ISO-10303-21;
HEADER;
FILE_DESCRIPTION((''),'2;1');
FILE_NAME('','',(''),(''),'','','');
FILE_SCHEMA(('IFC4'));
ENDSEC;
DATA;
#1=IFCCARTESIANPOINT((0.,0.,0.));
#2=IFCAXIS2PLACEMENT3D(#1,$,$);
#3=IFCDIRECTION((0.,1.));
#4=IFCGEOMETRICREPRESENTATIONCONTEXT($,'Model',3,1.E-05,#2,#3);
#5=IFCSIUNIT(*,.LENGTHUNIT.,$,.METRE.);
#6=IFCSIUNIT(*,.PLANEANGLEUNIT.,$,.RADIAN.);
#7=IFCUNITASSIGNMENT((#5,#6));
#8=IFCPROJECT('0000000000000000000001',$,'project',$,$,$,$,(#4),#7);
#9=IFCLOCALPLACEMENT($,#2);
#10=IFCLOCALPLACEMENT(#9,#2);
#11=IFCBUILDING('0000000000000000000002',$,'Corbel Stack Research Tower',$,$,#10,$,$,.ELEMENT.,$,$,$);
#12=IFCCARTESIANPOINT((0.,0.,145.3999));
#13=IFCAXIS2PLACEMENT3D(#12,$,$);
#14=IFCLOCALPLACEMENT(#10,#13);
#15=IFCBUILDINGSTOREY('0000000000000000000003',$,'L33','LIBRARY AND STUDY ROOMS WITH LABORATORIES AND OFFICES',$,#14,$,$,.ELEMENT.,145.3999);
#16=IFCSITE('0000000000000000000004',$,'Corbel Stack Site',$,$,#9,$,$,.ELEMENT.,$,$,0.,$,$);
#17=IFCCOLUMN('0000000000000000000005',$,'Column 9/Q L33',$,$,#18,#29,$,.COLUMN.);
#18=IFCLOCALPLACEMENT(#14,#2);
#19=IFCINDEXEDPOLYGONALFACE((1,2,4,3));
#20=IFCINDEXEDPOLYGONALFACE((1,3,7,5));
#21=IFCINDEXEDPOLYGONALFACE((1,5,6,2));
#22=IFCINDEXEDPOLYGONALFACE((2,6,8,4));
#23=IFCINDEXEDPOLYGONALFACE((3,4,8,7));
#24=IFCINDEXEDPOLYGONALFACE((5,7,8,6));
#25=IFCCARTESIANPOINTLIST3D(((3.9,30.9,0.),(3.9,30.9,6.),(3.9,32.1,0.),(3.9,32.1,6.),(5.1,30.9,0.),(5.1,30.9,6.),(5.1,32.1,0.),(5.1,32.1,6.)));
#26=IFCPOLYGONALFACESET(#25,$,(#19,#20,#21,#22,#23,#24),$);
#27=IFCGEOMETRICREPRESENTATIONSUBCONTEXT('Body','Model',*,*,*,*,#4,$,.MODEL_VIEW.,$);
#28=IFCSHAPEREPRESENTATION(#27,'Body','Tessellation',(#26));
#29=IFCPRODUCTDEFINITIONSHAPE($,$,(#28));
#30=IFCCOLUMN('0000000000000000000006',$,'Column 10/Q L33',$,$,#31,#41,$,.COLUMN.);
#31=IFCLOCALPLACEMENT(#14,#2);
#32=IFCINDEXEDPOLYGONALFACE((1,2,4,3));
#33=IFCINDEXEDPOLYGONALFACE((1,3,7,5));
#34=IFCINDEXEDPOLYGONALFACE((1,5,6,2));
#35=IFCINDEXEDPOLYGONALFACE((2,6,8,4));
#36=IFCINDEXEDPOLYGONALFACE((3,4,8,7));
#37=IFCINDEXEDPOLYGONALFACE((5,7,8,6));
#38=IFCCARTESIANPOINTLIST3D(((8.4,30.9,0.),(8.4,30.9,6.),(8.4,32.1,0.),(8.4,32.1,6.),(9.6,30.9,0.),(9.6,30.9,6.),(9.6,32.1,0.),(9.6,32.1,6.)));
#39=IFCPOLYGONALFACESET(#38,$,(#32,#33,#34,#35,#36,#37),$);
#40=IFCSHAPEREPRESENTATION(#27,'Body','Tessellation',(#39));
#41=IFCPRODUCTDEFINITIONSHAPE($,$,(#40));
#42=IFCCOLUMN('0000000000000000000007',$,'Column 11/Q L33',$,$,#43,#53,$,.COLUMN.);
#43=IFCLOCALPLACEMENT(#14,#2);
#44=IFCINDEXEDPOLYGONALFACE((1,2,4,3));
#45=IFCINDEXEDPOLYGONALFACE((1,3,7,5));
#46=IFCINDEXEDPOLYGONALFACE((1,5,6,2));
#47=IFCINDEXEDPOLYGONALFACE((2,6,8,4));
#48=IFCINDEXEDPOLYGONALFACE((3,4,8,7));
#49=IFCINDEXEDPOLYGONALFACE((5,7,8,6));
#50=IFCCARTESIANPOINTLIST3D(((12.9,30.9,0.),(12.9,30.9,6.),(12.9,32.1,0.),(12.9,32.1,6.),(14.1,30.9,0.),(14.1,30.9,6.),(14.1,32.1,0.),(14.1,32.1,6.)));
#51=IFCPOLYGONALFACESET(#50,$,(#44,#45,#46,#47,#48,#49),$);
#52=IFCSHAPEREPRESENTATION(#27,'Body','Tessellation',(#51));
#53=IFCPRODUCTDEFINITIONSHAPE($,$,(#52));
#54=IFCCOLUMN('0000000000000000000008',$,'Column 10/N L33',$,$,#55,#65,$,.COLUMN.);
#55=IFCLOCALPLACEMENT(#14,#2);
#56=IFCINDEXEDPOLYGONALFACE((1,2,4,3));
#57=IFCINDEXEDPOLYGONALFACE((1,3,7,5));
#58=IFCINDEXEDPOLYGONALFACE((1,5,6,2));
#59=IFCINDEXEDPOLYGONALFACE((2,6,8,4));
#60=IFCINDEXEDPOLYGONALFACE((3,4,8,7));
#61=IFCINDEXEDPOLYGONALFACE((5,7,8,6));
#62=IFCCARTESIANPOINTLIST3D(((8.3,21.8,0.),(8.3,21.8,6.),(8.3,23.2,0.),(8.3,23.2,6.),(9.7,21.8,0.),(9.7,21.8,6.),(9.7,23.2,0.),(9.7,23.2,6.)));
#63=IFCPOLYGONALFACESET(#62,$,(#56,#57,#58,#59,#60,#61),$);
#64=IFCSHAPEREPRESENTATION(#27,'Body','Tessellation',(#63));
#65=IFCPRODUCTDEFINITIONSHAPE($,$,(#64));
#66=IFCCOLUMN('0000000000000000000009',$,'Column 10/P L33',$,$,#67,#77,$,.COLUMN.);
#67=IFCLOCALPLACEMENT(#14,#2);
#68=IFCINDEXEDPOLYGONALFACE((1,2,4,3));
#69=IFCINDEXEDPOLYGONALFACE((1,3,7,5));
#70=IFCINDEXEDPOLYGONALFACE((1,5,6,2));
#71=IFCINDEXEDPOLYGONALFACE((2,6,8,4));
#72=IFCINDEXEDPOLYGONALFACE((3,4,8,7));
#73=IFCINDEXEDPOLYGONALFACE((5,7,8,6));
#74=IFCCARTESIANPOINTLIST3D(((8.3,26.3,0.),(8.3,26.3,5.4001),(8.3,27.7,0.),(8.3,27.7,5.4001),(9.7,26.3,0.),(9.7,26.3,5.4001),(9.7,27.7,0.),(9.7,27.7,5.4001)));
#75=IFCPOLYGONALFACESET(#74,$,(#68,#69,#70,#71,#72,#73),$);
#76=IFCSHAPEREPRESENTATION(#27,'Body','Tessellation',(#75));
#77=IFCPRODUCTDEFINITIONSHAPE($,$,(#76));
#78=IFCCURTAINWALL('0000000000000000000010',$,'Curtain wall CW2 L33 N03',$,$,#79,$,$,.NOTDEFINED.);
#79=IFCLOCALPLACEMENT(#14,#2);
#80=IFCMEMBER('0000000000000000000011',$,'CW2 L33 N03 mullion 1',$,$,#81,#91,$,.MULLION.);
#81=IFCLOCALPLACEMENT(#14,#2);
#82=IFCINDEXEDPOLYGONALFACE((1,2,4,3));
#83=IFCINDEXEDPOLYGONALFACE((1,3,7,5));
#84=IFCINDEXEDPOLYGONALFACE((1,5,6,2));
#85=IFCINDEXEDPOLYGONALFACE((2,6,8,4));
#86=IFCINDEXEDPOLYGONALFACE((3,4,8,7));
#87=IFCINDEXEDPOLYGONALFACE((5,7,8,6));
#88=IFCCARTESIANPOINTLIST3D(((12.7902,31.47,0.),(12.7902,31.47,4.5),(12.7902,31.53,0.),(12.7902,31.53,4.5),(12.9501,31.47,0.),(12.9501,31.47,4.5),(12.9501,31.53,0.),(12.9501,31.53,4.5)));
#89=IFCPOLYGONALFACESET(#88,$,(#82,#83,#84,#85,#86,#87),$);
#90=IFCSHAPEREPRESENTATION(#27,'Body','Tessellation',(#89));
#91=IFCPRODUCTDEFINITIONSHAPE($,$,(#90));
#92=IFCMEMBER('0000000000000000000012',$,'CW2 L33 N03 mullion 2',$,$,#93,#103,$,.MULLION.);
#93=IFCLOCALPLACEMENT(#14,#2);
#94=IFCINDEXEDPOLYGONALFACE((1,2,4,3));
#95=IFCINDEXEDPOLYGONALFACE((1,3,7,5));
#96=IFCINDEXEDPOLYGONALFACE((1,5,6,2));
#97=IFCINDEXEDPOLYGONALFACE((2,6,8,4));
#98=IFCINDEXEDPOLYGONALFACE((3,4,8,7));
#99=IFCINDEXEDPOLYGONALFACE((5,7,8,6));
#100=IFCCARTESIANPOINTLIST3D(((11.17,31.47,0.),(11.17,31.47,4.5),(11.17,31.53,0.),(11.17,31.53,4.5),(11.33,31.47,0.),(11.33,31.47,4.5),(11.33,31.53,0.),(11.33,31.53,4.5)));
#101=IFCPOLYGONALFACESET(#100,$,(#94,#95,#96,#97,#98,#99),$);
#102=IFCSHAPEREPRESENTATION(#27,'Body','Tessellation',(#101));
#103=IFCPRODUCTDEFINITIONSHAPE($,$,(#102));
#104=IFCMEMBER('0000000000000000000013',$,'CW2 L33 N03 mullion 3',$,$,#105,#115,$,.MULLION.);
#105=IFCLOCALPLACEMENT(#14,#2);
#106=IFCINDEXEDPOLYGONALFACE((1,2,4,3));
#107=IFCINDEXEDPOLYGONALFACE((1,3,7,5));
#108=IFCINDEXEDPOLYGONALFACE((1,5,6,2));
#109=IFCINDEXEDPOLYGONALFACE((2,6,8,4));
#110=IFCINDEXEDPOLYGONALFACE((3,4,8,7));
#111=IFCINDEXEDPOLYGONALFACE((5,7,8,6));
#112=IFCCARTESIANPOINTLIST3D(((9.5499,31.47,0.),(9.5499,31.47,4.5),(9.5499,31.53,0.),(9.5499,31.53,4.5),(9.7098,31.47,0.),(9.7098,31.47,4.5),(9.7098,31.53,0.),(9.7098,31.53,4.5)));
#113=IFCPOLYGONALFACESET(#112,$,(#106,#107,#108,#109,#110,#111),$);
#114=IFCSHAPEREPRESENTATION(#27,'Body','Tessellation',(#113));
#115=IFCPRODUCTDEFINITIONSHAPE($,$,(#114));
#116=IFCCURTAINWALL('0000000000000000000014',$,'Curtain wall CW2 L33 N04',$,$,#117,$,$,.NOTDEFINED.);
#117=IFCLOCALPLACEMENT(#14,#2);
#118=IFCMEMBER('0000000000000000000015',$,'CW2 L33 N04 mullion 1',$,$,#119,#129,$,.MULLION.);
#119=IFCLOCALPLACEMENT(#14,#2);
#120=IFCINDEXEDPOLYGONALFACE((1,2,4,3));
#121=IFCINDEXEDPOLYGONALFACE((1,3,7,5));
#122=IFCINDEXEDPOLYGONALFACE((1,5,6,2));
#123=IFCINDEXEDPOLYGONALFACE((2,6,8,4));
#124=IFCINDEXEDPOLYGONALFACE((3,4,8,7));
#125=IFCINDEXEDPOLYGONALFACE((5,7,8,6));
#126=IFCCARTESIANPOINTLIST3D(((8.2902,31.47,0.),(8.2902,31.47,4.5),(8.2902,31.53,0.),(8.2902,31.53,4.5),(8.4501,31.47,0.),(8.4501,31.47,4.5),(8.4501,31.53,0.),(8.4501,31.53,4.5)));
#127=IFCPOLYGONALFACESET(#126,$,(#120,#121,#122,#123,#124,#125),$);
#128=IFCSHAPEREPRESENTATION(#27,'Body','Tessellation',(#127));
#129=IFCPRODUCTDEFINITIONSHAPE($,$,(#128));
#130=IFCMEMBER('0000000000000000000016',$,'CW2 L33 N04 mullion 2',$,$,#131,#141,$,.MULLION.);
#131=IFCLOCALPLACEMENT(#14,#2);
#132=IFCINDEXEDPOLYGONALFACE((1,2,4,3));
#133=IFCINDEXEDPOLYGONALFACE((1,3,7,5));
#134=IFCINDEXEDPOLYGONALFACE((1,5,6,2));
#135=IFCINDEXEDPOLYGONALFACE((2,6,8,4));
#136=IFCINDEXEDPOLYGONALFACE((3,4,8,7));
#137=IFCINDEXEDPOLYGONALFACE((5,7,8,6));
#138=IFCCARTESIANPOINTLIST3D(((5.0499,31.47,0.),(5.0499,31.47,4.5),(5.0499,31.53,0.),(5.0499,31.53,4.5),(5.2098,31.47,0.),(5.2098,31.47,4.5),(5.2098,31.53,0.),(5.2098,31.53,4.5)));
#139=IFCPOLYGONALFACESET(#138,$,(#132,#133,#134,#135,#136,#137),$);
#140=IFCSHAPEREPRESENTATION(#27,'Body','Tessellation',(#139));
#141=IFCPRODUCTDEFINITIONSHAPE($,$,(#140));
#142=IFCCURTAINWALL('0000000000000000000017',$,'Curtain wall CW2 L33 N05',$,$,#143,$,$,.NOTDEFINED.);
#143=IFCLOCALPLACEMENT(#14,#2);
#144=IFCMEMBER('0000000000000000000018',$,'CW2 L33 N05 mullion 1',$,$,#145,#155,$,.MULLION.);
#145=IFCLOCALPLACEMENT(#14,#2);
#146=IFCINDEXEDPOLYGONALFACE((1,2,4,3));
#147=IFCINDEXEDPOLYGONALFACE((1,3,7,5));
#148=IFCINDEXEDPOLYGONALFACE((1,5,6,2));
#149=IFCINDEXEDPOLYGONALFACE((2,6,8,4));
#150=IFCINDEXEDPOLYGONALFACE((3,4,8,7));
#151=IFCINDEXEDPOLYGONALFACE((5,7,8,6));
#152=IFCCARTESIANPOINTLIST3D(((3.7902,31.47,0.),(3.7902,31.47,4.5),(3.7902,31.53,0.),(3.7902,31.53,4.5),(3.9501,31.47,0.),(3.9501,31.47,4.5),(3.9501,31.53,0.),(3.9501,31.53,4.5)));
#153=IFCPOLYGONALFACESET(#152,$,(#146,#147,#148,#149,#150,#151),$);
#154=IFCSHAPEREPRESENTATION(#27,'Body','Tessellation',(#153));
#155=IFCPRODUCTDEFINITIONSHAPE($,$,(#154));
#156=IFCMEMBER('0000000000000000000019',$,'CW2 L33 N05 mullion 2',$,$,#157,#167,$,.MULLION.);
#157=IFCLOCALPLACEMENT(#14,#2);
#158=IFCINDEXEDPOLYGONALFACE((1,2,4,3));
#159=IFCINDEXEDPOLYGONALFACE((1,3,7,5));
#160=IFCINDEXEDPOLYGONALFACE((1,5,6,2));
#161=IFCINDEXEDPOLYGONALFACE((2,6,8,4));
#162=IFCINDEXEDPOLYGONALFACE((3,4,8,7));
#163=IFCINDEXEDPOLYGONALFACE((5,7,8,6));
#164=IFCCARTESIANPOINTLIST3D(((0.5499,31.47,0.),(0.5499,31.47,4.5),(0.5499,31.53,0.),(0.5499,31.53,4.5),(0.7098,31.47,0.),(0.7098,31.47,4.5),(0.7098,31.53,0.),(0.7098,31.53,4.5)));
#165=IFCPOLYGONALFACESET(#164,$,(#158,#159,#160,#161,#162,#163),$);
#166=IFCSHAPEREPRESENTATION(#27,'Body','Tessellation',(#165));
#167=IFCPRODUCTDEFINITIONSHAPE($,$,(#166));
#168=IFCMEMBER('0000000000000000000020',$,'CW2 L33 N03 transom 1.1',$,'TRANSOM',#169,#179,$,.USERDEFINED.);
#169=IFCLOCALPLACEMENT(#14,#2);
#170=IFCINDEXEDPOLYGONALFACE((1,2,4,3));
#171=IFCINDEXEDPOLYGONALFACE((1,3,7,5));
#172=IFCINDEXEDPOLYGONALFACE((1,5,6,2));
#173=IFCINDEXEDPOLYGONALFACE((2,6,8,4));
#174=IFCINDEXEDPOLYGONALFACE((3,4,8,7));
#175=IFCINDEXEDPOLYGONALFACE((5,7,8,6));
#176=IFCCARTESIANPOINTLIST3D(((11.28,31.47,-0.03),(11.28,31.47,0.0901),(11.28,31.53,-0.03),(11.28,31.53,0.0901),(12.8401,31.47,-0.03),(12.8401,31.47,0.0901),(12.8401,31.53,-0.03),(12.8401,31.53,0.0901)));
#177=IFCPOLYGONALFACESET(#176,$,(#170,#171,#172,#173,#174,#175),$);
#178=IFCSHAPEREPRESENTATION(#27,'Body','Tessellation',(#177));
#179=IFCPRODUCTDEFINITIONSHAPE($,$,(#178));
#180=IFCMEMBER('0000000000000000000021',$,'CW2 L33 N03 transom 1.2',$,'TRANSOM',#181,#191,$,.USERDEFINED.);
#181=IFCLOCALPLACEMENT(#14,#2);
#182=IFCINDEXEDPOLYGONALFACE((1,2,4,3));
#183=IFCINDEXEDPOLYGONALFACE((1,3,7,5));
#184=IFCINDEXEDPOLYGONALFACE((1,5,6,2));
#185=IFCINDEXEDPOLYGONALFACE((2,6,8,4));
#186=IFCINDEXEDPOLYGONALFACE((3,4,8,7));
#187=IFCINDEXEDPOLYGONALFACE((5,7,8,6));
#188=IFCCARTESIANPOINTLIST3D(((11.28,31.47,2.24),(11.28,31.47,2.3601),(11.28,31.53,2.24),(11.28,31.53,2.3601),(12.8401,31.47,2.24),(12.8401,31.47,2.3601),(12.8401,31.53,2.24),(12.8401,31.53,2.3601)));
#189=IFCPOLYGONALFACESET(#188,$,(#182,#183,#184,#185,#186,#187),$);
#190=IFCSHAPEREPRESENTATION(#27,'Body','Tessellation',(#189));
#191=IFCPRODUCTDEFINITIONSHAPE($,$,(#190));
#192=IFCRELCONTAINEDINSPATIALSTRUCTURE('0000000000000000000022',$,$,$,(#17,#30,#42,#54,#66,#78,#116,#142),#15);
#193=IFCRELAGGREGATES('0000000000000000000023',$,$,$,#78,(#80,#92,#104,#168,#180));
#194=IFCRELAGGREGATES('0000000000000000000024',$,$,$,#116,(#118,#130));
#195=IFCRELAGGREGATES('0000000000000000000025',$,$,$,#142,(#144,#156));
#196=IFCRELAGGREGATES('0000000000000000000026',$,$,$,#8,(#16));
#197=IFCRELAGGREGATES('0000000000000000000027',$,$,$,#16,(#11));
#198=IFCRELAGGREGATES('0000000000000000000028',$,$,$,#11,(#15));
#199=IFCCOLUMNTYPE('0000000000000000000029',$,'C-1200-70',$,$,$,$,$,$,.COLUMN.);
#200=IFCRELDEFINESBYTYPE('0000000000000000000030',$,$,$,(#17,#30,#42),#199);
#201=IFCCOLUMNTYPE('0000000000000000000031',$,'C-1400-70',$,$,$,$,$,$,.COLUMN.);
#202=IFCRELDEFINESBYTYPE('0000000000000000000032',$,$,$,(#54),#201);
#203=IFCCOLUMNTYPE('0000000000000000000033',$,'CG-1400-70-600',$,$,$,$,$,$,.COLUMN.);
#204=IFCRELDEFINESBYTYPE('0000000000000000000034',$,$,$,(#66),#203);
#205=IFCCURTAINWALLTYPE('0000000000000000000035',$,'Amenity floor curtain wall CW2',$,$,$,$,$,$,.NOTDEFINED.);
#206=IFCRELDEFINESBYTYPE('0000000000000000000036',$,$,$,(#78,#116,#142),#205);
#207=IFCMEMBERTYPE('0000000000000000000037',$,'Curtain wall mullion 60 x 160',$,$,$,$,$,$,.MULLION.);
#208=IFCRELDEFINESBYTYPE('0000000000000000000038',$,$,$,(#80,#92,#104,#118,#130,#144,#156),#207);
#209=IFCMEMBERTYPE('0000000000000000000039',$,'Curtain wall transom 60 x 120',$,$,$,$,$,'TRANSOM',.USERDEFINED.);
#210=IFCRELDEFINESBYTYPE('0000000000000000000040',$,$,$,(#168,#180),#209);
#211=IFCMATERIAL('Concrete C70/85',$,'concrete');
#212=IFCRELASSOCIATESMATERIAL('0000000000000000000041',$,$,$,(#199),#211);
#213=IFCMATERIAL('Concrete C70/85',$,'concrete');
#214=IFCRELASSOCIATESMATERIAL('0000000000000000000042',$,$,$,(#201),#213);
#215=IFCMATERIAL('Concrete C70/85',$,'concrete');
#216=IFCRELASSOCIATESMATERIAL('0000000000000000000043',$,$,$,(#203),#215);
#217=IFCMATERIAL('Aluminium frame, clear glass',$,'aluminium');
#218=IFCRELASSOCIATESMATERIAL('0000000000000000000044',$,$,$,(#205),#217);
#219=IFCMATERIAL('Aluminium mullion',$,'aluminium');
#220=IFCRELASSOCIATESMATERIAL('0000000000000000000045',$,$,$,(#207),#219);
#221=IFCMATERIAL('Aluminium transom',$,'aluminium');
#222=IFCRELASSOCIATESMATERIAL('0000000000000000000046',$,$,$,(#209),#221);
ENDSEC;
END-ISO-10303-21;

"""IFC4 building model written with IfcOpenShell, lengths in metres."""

from ifc_helpers import new_model, si_unit, direction, frame, origin, origin_2d, place, context, subcontext, project, spatial, rectangle, extrude, material, material_profile, profile_set, type_object, element, aggregate, save


model = new_model("IFC4")

# Units and contexts
model_context = context("Model", 3, precision=1e-05, world=origin(), true_north=direction((0.0, 1.0)))
body_context = subcontext(model_context, "Body", "Model", "MODEL_VIEW")
ifc_project = project(units=[si_unit("LENGTHUNIT", "METRE"), si_unit("PLANEANGLEUNIT", "RADIAN")], contexts=[model_context])

# Site, building, storey
site_placement = place(None, origin())
site = spatial("IfcSite", under=ifc_project, at=site_placement, Name="Corbel Stack Site", CompositionType="ELEMENT", RefElevation=0.0)
building_placement = place(site_placement, origin())
building = spatial("IfcBuilding", under=site, at=building_placement, Name="Corbel Stack Research Tower", CompositionType="ELEMENT")
storey_placement = place(building_placement, frame((0.0, 0.0, 145.3999)))
storey = spatial("IfcBuildingStorey", under=building, at=storey_placement, Name="L33", Description="LIBRARY AND STUDY ROOMS WITH LABORATORIES AND OFFICES", CompositionType="ELEMENT", Elevation=145.3999)

# Columns
ifc_material_1 = material(Name="Concrete C70/85", Category="concrete")
ifc_material_profile_1 = material_profile(ifc_material_1, rectangle(XDim=1.2, YDim=1.2, at=origin_2d()), Name="RC 1200 x 1200")
ifc_profile_set_1 = profile_set([ifc_material_profile_1], Name="Concrete C70/85")
column_type_1 = type_object("IfcColumnType", Name="C-1200-70", PredefinedType="COLUMN", material=ifc_profile_set_1)
for number, where, z_axis, x_axis, name in (
    (1, (4.5, 31.5, 0.0), (0.0, 0.0, 1.0), (1.0, 0.0, 0.0), "Column 9/Q L33"),
    (2, (9.0, 31.5, 0.0), (0.0, 0.0, 1.0), (1.0, 0.0, 0.0), "Column 10/Q L33"),
    (3, (13.5, 31.5, 0.0), (0.0, 0.0, 1.0), (1.0, 0.0, 0.0), "Column 11/Q L33"),
):
    element("IfcColumn", number, at=place(storey_placement, frame(where, z_axis=z_axis, x_axis=x_axis)), inside=storey, type_object=column_type_1, Name=name, PredefinedType="COLUMN", context=body_context, shape_type="SweptSolid", body=[
        extrude(rectangle(XDim=1.2, YDim=1.2, at=origin_2d()), origin(), (0.0, 0.0, 1.0), 6.0),
    ])
ifc_material_2 = material(Name="Concrete C70/85", Category="concrete")
ifc_material_profile_2 = material_profile(ifc_material_2, rectangle(XDim=1.3999, YDim=1.3999, at=origin_2d()), Name="RC 1400 x 1400")
ifc_profile_set_2 = profile_set([ifc_material_profile_2], Name="Concrete C70/85")
column_type_2 = type_object("IfcColumnType", Name="C-1400-70", PredefinedType="COLUMN", material=ifc_profile_set_2)
column_1_placement = place(storey_placement, frame((9.0, 22.5, 0.0), z_axis=(0.0, 0.0, 1.0), x_axis=(1.0, 0.0, 0.0)))
element("IfcColumn", 4, at=column_1_placement, inside=storey, type_object=column_type_2, Name="Column 10/N L33", PredefinedType="COLUMN", context=body_context, shape_type="SweptSolid", body=[
    extrude(rectangle(XDim=1.3999, YDim=1.3999, at=origin_2d()), origin(), (0.0, 0.0, 1.0), 6.0),
])
ifc_material_3 = material(Name="Concrete C70/85", Category="concrete")
ifc_material_profile_3 = material_profile(ifc_material_3, rectangle(XDim=1.3999, YDim=1.3999, at=origin_2d()), Name="RC 1400 x 1400")
ifc_profile_set_3 = profile_set([ifc_material_profile_3], Name="Concrete C70/85")
column_type_3 = type_object("IfcColumnType", Name="CG-1400-70-600", PredefinedType="COLUMN", material=ifc_profile_set_3)
column_2_placement = place(storey_placement, frame((9.0, 27.0, 0.0), z_axis=(0.0, 0.0, 1.0), x_axis=(1.0, 0.0, 0.0)))
element("IfcColumn", 5, at=column_2_placement, inside=storey, type_object=column_type_3, Name="Column 10/P L33", PredefinedType="COLUMN", context=body_context, shape_type="SweptSolid", body=[
    extrude(rectangle(XDim=1.3999, YDim=1.3999, at=origin_2d()), origin(), (0.0, 0.0, 1.0), 5.4001),
])

# Curtain walls, members
ifc_material_4 = material(Name="Aluminium frame, clear glass", Category="aluminium")
curtain_wall_type = type_object("IfcCurtainWallType", Name="Amenity floor curtain wall CW2", PredefinedType="NOTDEFINED", material=ifc_material_4)
curtain_wall_1_placement = place(storey_placement, origin())
curtain_wall_1 = element("IfcCurtainWall", 6, at=curtain_wall_1_placement, inside=storey, type_object=curtain_wall_type, Name="Curtain wall CW2 L33 N03", PredefinedType="NOTDEFINED")
ifc_material_5 = material(Name="Aluminium mullion", Category="aluminium")
ifc_material_profile_4 = material_profile(ifc_material_5, rectangle(XDim=0.0601, YDim=0.1599, at=origin_2d()), Name="Mullion 60 x 160")
ifc_profile_set_4 = profile_set([ifc_material_profile_4], Name="Aluminium mullion")
member_type_1 = type_object("IfcMemberType", Name="Curtain wall mullion 60 x 160", PredefinedType="MULLION", material=ifc_profile_set_4)
member_1_placement = place(storey_placement, frame((12.8701, 31.5, 0.0), z_axis=(0.0, 0.0, 1.0), x_axis=(0.0, -1.0, 0.0)))
member_1 = element("IfcMember", 7, at=member_1_placement, type_object=member_type_1, Name="CW2 L33 N03 mullion 1", PredefinedType="MULLION", context=body_context, shape_type="SweptSolid", body=[
    extrude(rectangle(XDim=0.0601, YDim=0.1599, at=origin_2d()), origin(), (0.0, 0.0, 1.0), 4.5),
])
member_2_placement = place(storey_placement, frame((11.25, 31.5, 0.0), z_axis=(0.0, 0.0, 1.0), x_axis=(0.0, -1.0, 0.0)))
member_2 = element("IfcMember", 8, at=member_2_placement, type_object=member_type_1, Name="CW2 L33 N03 mullion 2", PredefinedType="MULLION", context=body_context, shape_type="SweptSolid", body=[
    extrude(rectangle(XDim=0.0601, YDim=0.1599, at=origin_2d()), origin(), (0.0, 0.0, 1.0), 4.5),
])
member_3_placement = place(storey_placement, frame((9.6299, 31.5, 0.0), z_axis=(0.0, 0.0, 1.0), x_axis=(0.0, -1.0, 0.0)))
member_3 = element("IfcMember", 9, at=member_3_placement, type_object=member_type_1, Name="CW2 L33 N03 mullion 3", PredefinedType="MULLION", context=body_context, shape_type="SweptSolid", body=[
    extrude(rectangle(XDim=0.0601, YDim=0.1599, at=origin_2d()), origin(), (0.0, 0.0, 1.0), 4.5),
])
curtain_wall_2_placement = place(storey_placement, origin())
curtain_wall_2 = element("IfcCurtainWall", 10, at=curtain_wall_2_placement, inside=storey, type_object=curtain_wall_type, Name="Curtain wall CW2 L33 N04", PredefinedType="NOTDEFINED")
member_4_placement = place(storey_placement, frame((8.3701, 31.5, 0.0), z_axis=(0.0, 0.0, 1.0), x_axis=(0.0, -1.0, 0.0)))
member_4 = element("IfcMember", 11, at=member_4_placement, type_object=member_type_1, Name="CW2 L33 N04 mullion 1", PredefinedType="MULLION", context=body_context, shape_type="SweptSolid", body=[
    extrude(rectangle(XDim=0.0601, YDim=0.1599, at=origin_2d()), origin(), (0.0, 0.0, 1.0), 4.5),
])
member_5_placement = place(storey_placement, frame((5.1299, 31.5, 0.0), z_axis=(0.0, 0.0, 1.0), x_axis=(0.0, -1.0, 0.0)))
member_5 = element("IfcMember", 12, at=member_5_placement, type_object=member_type_1, Name="CW2 L33 N04 mullion 2", PredefinedType="MULLION", context=body_context, shape_type="SweptSolid", body=[
    extrude(rectangle(XDim=0.0601, YDim=0.1599, at=origin_2d()), origin(), (0.0, 0.0, 1.0), 4.5),
])
curtain_wall_3_placement = place(storey_placement, origin())
curtain_wall_3 = element("IfcCurtainWall", 13, at=curtain_wall_3_placement, inside=storey, type_object=curtain_wall_type, Name="Curtain wall CW2 L33 N05", PredefinedType="NOTDEFINED")
member_6_placement = place(storey_placement, frame((3.8701, 31.5, 0.0), z_axis=(0.0, 0.0, 1.0), x_axis=(0.0, -1.0, 0.0)))
member_6 = element("IfcMember", 14, at=member_6_placement, type_object=member_type_1, Name="CW2 L33 N05 mullion 1", PredefinedType="MULLION", context=body_context, shape_type="SweptSolid", body=[
    extrude(rectangle(XDim=0.0601, YDim=0.1599, at=origin_2d()), origin(), (0.0, 0.0, 1.0), 4.5),
])
member_7_placement = place(storey_placement, frame((0.6299, 31.5, 0.0), z_axis=(0.0, 0.0, 1.0), x_axis=(0.0, -1.0, 0.0)))
member_7 = element("IfcMember", 15, at=member_7_placement, type_object=member_type_1, Name="CW2 L33 N05 mullion 2", PredefinedType="MULLION", context=body_context, shape_type="SweptSolid", body=[
    extrude(rectangle(XDim=0.0601, YDim=0.1599, at=origin_2d()), origin(), (0.0, 0.0, 1.0), 4.5),
])

# Members
ifc_material_6 = material(Name="Aluminium transom", Category="aluminium")
ifc_material_profile_5 = material_profile(ifc_material_6, rectangle(XDim=0.0601, YDim=0.1201, at=origin_2d()), Name="Transom 60 x 120")
ifc_profile_set_5 = profile_set([ifc_material_profile_5], Name="Aluminium transom")
member_type_2 = type_object("IfcMemberType", Name="Curtain wall transom 60 x 120", ElementType="TRANSOM", PredefinedType="USERDEFINED", material=ifc_profile_set_5)
member_8_placement = place(storey_placement, frame((12.8401, 31.5, 0.03), z_axis=(-1.0, 0.0, 0.0), x_axis=(0.0, -1.0, 0.0)))
member_8 = element("IfcMember", 16, at=member_8_placement, type_object=member_type_2, Name="CW2 L33 N03 transom 1.1", ObjectType="TRANSOM", PredefinedType="USERDEFINED", context=body_context, shape_type="SweptSolid", body=[
    extrude(rectangle(XDim=0.0601, YDim=0.1201, at=origin_2d()), origin(), (0.0, 0.0, 1.0), 1.5601),
])
member_9_placement = place(storey_placement, frame((12.8401, 31.5, 2.3), z_axis=(-1.0, 0.0, 0.0), x_axis=(0.0, -1.0, 0.0)))
member_9 = element("IfcMember", 17, at=member_9_placement, type_object=member_type_2, Name="CW2 L33 N03 transom 1.2", ObjectType="TRANSOM", PredefinedType="USERDEFINED", context=body_context, shape_type="SweptSolid", body=[
    extrude(rectangle(XDim=0.0601, YDim=0.1201, at=origin_2d()), origin(), (0.0, 0.0, 1.0), 1.5601),
])

aggregate(curtain_wall_1, [member_1, member_2, member_3, member_8, member_9])
aggregate(curtain_wall_2, [member_4, member_5])
aggregate(curtain_wall_3, [member_6, member_7])

save(model, "model.ifc")
